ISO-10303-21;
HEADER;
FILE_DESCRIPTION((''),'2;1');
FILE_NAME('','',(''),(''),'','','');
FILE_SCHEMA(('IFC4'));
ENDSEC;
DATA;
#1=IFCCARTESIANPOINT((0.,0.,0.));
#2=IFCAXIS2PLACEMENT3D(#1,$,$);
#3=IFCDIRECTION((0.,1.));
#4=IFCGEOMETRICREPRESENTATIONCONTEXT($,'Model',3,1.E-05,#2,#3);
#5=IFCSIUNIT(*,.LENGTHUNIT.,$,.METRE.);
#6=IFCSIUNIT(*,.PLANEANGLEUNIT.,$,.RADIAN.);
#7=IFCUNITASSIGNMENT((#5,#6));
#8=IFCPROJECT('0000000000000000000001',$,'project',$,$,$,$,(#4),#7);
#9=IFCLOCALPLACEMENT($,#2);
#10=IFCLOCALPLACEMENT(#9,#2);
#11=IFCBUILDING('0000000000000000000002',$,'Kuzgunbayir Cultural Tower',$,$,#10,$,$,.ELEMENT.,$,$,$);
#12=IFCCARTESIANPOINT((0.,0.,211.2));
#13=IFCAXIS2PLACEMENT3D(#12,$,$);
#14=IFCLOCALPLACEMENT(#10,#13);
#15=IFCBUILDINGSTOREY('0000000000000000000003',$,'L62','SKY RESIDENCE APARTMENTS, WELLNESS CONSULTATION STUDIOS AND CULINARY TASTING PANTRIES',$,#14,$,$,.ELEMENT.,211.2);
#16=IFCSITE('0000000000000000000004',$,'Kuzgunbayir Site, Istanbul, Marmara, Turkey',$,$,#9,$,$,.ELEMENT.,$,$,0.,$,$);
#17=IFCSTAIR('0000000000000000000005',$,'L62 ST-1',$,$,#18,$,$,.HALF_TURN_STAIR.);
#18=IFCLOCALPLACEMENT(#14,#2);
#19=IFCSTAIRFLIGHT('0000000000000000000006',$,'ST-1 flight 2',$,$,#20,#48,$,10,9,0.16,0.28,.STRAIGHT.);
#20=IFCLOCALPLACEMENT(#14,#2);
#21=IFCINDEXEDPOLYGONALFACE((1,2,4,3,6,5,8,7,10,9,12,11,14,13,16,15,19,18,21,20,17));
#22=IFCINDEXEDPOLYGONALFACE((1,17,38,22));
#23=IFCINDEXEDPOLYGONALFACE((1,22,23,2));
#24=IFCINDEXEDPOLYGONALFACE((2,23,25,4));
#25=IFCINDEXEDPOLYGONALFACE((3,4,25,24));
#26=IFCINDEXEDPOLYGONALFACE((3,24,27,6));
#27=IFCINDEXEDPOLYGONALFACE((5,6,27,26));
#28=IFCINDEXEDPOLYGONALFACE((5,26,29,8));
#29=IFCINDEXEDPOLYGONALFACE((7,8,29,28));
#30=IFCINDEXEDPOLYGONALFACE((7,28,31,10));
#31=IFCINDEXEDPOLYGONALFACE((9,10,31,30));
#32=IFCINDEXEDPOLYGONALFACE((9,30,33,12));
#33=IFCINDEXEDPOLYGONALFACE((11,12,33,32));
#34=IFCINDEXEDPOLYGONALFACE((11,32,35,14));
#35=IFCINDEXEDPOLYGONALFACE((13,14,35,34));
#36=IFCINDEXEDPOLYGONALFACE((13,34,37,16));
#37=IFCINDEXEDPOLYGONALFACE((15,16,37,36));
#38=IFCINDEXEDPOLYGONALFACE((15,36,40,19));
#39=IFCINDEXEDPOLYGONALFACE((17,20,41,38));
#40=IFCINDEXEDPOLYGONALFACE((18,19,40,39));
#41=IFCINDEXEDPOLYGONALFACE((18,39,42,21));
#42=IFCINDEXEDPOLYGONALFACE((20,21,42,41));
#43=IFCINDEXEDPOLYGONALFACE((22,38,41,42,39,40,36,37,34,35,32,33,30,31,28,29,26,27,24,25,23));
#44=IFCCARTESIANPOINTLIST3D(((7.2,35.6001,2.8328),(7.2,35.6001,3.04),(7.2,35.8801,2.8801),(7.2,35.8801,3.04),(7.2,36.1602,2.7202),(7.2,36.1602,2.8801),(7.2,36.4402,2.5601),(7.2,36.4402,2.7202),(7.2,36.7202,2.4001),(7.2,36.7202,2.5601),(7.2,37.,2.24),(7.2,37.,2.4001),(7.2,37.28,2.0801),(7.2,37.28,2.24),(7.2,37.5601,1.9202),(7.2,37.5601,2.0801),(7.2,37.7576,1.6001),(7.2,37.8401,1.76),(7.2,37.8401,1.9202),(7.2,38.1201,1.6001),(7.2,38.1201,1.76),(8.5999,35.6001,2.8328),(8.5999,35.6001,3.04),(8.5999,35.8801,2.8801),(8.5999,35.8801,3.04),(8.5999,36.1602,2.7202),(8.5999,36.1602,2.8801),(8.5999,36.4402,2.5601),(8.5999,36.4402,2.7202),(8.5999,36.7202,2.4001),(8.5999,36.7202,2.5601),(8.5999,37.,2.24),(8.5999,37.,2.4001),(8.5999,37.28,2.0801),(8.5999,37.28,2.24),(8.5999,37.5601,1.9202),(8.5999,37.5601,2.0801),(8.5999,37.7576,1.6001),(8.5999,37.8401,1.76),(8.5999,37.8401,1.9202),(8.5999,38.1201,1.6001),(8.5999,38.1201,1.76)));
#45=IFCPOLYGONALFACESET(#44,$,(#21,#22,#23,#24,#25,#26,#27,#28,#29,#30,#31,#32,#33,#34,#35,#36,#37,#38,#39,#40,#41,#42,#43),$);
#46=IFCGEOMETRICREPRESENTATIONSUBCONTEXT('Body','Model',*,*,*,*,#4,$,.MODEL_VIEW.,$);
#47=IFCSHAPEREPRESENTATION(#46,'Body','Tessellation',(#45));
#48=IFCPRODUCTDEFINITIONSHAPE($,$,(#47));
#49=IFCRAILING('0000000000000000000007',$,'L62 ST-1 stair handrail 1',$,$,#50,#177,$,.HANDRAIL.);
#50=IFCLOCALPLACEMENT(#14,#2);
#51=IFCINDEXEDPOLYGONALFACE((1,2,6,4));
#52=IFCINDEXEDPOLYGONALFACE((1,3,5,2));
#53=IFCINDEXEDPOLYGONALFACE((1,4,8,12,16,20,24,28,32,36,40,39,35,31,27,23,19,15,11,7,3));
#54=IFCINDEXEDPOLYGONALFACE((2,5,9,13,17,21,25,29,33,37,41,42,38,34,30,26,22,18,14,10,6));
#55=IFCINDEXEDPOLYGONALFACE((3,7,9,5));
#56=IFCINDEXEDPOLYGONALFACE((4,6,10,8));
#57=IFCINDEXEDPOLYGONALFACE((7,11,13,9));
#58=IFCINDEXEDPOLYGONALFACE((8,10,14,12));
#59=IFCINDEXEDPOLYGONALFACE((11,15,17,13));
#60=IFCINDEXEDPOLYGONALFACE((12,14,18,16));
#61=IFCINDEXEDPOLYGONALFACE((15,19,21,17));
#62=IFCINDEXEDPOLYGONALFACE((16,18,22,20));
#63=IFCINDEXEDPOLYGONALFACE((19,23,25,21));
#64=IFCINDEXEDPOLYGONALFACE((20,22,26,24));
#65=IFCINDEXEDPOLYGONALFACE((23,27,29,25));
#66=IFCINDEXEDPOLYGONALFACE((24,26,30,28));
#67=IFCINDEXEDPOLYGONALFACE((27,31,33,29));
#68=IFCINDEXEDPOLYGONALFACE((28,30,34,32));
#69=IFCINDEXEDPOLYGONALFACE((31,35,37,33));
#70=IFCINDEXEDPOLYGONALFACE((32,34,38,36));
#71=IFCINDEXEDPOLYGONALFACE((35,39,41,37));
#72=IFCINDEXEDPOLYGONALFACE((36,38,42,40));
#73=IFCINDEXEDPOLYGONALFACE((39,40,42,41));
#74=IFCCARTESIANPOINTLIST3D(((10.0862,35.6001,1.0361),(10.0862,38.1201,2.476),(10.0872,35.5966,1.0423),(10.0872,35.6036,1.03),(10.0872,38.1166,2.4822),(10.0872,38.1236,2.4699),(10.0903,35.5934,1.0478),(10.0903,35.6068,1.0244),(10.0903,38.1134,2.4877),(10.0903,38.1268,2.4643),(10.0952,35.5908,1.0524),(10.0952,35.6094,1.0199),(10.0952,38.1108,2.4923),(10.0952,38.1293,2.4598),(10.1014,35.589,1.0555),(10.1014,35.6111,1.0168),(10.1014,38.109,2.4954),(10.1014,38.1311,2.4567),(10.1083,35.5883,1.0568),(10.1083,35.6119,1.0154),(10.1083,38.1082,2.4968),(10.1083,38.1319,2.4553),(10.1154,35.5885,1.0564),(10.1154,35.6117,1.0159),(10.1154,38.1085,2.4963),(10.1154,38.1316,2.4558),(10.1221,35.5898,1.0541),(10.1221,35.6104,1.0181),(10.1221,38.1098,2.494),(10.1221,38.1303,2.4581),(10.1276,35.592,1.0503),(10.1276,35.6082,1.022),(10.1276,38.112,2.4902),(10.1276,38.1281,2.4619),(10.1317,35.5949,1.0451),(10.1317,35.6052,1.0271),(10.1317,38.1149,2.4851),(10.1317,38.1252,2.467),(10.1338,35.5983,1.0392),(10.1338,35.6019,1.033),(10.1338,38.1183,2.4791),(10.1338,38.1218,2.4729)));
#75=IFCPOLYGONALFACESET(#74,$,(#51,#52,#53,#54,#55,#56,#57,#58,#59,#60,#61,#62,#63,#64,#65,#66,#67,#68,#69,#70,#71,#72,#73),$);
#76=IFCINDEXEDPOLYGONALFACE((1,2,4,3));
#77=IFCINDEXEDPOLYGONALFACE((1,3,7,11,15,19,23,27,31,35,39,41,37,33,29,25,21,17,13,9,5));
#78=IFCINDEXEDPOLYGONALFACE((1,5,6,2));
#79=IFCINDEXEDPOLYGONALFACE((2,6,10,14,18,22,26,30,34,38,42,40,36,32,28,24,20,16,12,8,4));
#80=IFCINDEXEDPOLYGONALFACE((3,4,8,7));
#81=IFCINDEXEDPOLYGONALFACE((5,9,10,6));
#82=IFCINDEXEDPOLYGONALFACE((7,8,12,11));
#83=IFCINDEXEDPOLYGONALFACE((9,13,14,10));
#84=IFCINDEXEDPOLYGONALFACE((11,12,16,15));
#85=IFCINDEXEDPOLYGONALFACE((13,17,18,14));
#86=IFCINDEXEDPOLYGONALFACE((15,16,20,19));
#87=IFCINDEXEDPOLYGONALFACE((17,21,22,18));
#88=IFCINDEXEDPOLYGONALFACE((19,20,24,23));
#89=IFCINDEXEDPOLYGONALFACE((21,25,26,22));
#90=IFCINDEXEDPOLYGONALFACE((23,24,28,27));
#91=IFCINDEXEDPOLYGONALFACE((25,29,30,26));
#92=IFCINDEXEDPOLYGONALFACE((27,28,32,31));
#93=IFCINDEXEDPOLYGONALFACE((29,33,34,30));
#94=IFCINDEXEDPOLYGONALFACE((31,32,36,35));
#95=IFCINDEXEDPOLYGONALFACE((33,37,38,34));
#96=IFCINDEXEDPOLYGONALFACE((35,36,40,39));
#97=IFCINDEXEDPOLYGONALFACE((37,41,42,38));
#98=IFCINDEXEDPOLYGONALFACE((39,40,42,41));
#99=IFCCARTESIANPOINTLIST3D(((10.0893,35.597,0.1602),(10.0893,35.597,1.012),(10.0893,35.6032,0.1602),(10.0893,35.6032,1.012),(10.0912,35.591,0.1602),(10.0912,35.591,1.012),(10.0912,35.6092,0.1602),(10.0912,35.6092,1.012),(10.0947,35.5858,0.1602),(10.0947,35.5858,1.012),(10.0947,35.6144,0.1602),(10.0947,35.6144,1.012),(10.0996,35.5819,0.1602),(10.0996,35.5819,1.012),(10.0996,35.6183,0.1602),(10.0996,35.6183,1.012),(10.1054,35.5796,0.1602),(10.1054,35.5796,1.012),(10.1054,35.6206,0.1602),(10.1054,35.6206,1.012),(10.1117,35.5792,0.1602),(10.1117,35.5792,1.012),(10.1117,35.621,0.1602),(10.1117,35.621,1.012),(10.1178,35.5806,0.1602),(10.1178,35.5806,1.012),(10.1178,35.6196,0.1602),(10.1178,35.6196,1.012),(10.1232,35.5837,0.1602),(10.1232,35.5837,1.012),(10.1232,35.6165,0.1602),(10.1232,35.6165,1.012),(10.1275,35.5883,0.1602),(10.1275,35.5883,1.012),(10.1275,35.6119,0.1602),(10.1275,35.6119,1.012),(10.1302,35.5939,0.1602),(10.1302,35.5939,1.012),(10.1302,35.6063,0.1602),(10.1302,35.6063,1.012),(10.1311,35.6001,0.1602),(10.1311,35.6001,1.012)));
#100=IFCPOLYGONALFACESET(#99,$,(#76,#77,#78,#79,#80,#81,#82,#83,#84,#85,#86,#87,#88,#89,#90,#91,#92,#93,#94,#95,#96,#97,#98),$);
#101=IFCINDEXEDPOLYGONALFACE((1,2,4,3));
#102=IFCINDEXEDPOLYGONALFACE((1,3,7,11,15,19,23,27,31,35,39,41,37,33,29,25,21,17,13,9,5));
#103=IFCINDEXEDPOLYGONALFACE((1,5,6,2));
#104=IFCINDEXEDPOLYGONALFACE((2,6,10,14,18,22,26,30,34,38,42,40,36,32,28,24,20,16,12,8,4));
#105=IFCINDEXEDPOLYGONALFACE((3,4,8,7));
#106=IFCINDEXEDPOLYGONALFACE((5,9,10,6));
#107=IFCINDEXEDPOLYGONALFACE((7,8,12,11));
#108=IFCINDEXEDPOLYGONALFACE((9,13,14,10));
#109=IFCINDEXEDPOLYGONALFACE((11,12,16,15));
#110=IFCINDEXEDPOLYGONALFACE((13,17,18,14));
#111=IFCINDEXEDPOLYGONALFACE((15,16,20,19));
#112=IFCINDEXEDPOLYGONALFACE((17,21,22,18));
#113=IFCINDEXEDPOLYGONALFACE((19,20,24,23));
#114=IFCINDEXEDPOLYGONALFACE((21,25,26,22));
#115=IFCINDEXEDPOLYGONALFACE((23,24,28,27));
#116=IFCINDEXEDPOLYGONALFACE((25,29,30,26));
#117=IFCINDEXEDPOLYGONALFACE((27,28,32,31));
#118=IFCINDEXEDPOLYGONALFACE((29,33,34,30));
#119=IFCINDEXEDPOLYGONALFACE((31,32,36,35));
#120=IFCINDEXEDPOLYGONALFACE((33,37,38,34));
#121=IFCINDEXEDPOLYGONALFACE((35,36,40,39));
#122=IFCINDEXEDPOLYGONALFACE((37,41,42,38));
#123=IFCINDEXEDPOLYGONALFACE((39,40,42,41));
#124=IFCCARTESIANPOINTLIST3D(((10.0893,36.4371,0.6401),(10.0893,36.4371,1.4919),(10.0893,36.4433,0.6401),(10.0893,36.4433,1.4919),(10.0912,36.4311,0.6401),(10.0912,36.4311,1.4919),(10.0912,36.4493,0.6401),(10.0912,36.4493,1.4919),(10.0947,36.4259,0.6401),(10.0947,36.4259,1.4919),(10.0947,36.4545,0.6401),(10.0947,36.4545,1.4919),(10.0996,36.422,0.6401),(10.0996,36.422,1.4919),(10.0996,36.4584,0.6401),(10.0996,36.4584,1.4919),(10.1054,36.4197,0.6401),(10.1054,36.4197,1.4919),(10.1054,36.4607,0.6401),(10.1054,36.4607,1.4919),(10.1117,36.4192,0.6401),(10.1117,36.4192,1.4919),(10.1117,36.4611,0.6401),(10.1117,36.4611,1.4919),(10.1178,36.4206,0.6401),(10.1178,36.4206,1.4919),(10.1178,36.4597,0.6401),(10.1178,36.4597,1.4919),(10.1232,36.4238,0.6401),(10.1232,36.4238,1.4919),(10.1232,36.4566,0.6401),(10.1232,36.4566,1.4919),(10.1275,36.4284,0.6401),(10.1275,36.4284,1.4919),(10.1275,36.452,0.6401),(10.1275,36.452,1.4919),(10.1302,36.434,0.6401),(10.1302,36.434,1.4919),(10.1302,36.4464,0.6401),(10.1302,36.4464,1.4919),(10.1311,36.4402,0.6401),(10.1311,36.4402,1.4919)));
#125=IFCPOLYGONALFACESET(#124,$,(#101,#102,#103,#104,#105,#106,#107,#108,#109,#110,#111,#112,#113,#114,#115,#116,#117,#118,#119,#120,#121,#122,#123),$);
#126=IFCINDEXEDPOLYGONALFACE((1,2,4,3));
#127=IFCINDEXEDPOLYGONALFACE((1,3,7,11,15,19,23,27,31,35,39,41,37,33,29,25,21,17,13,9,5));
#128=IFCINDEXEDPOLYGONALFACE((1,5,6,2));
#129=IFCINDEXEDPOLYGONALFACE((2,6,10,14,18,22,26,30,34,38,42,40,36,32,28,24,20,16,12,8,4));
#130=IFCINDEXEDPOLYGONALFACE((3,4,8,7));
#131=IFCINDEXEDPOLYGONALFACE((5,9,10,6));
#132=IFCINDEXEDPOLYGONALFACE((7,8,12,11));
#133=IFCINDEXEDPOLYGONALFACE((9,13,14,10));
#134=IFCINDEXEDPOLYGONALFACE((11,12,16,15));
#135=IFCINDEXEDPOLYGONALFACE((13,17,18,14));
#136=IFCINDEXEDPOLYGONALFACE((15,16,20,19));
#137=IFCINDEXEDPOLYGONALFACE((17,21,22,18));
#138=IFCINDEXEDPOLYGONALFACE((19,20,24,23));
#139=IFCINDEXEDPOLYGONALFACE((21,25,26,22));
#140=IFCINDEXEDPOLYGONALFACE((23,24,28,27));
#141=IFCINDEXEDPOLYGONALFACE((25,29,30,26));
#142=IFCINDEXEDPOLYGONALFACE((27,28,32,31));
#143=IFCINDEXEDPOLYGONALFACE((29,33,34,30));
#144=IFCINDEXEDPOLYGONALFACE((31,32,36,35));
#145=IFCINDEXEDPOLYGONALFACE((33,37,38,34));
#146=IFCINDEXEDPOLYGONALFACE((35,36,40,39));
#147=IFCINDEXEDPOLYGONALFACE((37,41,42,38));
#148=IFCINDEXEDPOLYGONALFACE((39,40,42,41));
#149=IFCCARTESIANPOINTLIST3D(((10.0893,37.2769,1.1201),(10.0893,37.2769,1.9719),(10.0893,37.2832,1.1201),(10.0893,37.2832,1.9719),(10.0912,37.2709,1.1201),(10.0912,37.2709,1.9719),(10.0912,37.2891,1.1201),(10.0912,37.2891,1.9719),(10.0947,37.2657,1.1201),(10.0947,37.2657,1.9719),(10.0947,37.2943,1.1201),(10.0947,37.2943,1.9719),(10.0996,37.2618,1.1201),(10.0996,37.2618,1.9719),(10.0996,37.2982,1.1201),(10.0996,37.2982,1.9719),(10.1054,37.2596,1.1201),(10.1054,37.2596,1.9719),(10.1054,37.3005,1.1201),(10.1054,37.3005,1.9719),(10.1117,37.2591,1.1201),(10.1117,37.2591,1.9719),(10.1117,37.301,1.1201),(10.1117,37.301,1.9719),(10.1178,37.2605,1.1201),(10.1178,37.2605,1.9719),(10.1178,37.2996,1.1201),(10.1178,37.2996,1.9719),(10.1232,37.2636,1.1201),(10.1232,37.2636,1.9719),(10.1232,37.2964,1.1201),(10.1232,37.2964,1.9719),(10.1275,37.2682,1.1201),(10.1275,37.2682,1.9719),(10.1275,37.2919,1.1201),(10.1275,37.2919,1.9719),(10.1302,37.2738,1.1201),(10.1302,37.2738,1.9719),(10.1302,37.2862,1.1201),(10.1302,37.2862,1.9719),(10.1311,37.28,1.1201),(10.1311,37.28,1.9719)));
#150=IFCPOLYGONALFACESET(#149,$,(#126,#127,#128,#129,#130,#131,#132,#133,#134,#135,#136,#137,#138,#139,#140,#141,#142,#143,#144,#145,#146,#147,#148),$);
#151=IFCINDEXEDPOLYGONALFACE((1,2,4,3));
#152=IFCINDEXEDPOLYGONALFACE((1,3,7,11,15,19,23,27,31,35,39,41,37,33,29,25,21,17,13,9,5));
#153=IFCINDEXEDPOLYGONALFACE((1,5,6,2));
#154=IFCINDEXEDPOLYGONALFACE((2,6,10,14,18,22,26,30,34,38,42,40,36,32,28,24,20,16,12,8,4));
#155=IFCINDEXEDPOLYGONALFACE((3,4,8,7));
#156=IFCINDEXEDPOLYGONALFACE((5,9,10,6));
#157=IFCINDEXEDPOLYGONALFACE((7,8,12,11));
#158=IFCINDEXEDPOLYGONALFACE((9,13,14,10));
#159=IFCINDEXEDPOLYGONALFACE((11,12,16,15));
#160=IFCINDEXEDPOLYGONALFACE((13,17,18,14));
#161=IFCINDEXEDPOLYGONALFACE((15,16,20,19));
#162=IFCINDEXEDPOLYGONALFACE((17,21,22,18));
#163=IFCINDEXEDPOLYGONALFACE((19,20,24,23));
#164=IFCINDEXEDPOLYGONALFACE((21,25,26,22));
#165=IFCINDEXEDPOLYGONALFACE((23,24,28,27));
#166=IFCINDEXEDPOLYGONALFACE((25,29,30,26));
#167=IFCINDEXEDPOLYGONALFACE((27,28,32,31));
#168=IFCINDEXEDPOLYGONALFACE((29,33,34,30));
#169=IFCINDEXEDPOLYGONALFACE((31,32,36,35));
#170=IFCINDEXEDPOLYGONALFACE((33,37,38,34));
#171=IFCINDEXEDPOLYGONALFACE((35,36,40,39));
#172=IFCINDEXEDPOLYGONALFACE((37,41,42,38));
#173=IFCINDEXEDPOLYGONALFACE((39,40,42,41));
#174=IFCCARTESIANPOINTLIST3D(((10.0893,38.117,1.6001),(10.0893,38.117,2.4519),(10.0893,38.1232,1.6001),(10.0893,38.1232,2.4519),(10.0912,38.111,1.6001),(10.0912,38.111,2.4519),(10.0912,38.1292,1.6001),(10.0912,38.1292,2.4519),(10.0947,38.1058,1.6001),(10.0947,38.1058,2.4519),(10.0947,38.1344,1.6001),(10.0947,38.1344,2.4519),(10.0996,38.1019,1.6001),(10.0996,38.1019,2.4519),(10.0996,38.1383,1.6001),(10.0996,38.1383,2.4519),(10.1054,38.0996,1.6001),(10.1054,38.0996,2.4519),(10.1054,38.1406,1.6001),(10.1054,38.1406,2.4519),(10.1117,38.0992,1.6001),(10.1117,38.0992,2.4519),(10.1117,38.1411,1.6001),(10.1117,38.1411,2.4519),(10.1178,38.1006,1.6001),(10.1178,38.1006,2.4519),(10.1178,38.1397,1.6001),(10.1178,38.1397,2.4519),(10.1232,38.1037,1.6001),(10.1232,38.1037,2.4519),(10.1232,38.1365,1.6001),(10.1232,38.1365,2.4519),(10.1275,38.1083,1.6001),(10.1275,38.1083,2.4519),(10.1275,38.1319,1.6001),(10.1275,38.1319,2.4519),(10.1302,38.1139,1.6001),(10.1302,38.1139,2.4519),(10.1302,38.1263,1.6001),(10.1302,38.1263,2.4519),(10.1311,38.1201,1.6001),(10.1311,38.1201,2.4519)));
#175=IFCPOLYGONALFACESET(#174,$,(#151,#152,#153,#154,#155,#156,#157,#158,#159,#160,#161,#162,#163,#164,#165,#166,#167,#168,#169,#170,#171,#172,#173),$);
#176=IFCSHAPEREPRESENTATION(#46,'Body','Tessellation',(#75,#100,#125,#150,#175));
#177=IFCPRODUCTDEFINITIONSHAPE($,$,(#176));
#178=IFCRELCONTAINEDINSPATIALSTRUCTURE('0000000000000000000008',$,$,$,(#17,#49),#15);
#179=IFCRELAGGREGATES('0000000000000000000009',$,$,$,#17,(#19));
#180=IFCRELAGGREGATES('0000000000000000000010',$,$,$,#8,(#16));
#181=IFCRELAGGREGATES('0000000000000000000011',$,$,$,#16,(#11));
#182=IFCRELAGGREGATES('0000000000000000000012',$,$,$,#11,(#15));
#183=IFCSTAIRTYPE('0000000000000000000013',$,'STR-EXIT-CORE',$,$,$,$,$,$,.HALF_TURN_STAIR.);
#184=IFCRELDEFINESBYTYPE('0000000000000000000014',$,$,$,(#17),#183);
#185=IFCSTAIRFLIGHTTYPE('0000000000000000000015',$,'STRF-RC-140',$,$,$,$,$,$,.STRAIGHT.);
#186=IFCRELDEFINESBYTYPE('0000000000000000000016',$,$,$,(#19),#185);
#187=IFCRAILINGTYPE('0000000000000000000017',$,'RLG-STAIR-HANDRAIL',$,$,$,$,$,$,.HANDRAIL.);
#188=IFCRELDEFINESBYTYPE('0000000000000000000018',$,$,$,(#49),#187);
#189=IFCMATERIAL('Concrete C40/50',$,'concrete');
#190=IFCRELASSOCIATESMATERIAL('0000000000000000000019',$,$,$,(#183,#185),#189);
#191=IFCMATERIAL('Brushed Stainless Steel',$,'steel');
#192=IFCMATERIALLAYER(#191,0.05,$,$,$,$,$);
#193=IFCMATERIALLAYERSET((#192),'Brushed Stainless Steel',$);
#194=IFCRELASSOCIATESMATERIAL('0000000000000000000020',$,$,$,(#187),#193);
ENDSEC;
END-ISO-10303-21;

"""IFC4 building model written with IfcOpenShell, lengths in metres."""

from ifc_helpers import new_model, si_unit, direction, frame, origin, origin_2d, place, context, subcontext, project, spatial, polyline, circle, outline, extrude, material, layer, layer_set, type_object, element, aggregate, save


model = new_model("IFC4")

# Units and contexts
model_context = context("Model", 3, precision=1e-05, world=origin(), true_north=direction((0.0, 1.0)))
body_context = subcontext(model_context, "Body", "Model", "MODEL_VIEW")
ifc_project = project(units=[si_unit("LENGTHUNIT", "METRE"), si_unit("PLANEANGLEUNIT", "RADIAN")], contexts=[model_context])

# Site, building, storey
site_placement = place(None, origin())
site = spatial("IfcSite", under=ifc_project, at=site_placement, Name="Kuzgunbayir Site, Istanbul, Marmara, Turkey", CompositionType="ELEMENT", RefElevation=0.0)
building_placement = place(site_placement, origin())
building = spatial("IfcBuilding", under=site, at=building_placement, Name="Kuzgunbayir Cultural Tower", CompositionType="ELEMENT")
storey_placement = place(building_placement, frame((0.0, 0.0, 211.2)))
storey = spatial("IfcBuildingStorey", under=building, at=storey_placement, Name="L62", Description="SKY RESIDENCE APARTMENTS, WELLNESS CONSULTATION STUDIOS AND CULINARY TASTING PANTRIES", CompositionType="ELEMENT", Elevation=211.2)

# Shared definitions
ifc_material_1 = material(Name="Concrete C40/50", Category="concrete")
ifc_material_2 = material(Name="Brushed Stainless Steel", Category="steel")

# Stair, stair flight
stair_type = type_object("IfcStairType", Name="STR-EXIT-CORE", PredefinedType="HALF_TURN_STAIR", material=ifc_material_1)
stair_placement = place(storey_placement, origin())
stair = element("IfcStair", 1, at=stair_placement, inside=storey, type_object=stair_type, Name="L62 ST-1", PredefinedType="HALF_TURN_STAIR")
stair_flight_type = type_object("IfcStairFlightType", Name="STRF-RC-140", PredefinedType="STRAIGHT", material=ifc_material_1)
stair_flight_placement = place(storey_placement, frame((7.8999, 38.1201, 1.6001), z_axis=(0.0, 0.0, 1.0), x_axis=(0.0, -1.0, 0.0)))
stair_flight = element("IfcStairFlight", 2, at=stair_flight_placement, type_object=stair_flight_type, Name="ST-1 flight 2", NumberOfRisers=10, NumberOfTreads=9, PredefinedType="STRAIGHT", RiserHeight=0.16, TreadLength=0.28, context=body_context, shape_type="SweptSolid", body=[
    extrude(outline(polyline([(0.0, 0.0), (0.0, 0.1599), (0.28, 0.1599), (0.28, 0.3201), (0.5601, 0.3201), (0.5601, 0.48), (0.8401, 0.48), (0.8401, 0.6399), (1.1201, 0.6399), (1.1201, 0.8), (1.3999, 0.8), (1.3999, 0.96), (1.6799, 0.96), (1.6799, 1.1201), (1.96, 1.1201), (1.96, 1.28), (2.24, 1.28), (2.24, 1.4399), (2.52, 1.4399), (2.52, 1.6001), (2.52, 1.2327), (0.3625, 0.0), (0.0, 0.0)])), frame((0.0, 0.7, 0.0), z_axis=(0.0, -1.0, 0.0), x_axis=(1.0, 0.0, 0.0)), (0.0, 0.0, 1.0), 1.3999),
])
aggregate(stair, [stair_flight])

# Railing
ifc_layer_1 = layer(ifc_material_2, 0.05)
ifc_layer_set_1 = layer_set([ifc_layer_1], Name="Brushed Stainless Steel")
railing_type_1 = type_object("IfcRailingType", Name="RLG-STAIR-HANDRAIL", PredefinedType="HANDRAIL", material=ifc_layer_set_1)
railing_1_placement = place(storey_placement, frame((10.1101, 35.6001, 0.1602)))
element("IfcRailing", 3, at=railing_1_placement, inside=storey, type_object=railing_type_1, Name="L62 ST-1 stair handrail 1", PredefinedType="HANDRAIL", context=body_context, shape_type="SweptSolid", body=[
    extrude(circle(Radius=0.0239, at=origin_2d()), frame((0.0, 0.0, 0.876), z_axis=(0.0, 0.868253, 0.496121), x_axis=(-1.0, 0.0, 0.0)), (0.0, 0.0, 1.0), 2.9023),
    extrude(circle(Radius=0.021, at=origin_2d()), origin(), (0.0, 0.0, 1.0), 0.8518),
    extrude(circle(Radius=0.021, at=origin_2d()), frame((0.0, 0.8401, 0.48)), (0.0, 0.0, 1.0), 0.8518),
    extrude(circle(Radius=0.021, at=origin_2d()), frame((0.0, 1.6799, 0.96)), (0.0, 0.0, 1.0), 0.8518),
    extrude(circle(Radius=0.021, at=origin_2d()), frame((0.0, 2.52, 1.4399)), (0.0, 0.0, 1.0), 0.8518),
])

save(model, "model.ifc")
